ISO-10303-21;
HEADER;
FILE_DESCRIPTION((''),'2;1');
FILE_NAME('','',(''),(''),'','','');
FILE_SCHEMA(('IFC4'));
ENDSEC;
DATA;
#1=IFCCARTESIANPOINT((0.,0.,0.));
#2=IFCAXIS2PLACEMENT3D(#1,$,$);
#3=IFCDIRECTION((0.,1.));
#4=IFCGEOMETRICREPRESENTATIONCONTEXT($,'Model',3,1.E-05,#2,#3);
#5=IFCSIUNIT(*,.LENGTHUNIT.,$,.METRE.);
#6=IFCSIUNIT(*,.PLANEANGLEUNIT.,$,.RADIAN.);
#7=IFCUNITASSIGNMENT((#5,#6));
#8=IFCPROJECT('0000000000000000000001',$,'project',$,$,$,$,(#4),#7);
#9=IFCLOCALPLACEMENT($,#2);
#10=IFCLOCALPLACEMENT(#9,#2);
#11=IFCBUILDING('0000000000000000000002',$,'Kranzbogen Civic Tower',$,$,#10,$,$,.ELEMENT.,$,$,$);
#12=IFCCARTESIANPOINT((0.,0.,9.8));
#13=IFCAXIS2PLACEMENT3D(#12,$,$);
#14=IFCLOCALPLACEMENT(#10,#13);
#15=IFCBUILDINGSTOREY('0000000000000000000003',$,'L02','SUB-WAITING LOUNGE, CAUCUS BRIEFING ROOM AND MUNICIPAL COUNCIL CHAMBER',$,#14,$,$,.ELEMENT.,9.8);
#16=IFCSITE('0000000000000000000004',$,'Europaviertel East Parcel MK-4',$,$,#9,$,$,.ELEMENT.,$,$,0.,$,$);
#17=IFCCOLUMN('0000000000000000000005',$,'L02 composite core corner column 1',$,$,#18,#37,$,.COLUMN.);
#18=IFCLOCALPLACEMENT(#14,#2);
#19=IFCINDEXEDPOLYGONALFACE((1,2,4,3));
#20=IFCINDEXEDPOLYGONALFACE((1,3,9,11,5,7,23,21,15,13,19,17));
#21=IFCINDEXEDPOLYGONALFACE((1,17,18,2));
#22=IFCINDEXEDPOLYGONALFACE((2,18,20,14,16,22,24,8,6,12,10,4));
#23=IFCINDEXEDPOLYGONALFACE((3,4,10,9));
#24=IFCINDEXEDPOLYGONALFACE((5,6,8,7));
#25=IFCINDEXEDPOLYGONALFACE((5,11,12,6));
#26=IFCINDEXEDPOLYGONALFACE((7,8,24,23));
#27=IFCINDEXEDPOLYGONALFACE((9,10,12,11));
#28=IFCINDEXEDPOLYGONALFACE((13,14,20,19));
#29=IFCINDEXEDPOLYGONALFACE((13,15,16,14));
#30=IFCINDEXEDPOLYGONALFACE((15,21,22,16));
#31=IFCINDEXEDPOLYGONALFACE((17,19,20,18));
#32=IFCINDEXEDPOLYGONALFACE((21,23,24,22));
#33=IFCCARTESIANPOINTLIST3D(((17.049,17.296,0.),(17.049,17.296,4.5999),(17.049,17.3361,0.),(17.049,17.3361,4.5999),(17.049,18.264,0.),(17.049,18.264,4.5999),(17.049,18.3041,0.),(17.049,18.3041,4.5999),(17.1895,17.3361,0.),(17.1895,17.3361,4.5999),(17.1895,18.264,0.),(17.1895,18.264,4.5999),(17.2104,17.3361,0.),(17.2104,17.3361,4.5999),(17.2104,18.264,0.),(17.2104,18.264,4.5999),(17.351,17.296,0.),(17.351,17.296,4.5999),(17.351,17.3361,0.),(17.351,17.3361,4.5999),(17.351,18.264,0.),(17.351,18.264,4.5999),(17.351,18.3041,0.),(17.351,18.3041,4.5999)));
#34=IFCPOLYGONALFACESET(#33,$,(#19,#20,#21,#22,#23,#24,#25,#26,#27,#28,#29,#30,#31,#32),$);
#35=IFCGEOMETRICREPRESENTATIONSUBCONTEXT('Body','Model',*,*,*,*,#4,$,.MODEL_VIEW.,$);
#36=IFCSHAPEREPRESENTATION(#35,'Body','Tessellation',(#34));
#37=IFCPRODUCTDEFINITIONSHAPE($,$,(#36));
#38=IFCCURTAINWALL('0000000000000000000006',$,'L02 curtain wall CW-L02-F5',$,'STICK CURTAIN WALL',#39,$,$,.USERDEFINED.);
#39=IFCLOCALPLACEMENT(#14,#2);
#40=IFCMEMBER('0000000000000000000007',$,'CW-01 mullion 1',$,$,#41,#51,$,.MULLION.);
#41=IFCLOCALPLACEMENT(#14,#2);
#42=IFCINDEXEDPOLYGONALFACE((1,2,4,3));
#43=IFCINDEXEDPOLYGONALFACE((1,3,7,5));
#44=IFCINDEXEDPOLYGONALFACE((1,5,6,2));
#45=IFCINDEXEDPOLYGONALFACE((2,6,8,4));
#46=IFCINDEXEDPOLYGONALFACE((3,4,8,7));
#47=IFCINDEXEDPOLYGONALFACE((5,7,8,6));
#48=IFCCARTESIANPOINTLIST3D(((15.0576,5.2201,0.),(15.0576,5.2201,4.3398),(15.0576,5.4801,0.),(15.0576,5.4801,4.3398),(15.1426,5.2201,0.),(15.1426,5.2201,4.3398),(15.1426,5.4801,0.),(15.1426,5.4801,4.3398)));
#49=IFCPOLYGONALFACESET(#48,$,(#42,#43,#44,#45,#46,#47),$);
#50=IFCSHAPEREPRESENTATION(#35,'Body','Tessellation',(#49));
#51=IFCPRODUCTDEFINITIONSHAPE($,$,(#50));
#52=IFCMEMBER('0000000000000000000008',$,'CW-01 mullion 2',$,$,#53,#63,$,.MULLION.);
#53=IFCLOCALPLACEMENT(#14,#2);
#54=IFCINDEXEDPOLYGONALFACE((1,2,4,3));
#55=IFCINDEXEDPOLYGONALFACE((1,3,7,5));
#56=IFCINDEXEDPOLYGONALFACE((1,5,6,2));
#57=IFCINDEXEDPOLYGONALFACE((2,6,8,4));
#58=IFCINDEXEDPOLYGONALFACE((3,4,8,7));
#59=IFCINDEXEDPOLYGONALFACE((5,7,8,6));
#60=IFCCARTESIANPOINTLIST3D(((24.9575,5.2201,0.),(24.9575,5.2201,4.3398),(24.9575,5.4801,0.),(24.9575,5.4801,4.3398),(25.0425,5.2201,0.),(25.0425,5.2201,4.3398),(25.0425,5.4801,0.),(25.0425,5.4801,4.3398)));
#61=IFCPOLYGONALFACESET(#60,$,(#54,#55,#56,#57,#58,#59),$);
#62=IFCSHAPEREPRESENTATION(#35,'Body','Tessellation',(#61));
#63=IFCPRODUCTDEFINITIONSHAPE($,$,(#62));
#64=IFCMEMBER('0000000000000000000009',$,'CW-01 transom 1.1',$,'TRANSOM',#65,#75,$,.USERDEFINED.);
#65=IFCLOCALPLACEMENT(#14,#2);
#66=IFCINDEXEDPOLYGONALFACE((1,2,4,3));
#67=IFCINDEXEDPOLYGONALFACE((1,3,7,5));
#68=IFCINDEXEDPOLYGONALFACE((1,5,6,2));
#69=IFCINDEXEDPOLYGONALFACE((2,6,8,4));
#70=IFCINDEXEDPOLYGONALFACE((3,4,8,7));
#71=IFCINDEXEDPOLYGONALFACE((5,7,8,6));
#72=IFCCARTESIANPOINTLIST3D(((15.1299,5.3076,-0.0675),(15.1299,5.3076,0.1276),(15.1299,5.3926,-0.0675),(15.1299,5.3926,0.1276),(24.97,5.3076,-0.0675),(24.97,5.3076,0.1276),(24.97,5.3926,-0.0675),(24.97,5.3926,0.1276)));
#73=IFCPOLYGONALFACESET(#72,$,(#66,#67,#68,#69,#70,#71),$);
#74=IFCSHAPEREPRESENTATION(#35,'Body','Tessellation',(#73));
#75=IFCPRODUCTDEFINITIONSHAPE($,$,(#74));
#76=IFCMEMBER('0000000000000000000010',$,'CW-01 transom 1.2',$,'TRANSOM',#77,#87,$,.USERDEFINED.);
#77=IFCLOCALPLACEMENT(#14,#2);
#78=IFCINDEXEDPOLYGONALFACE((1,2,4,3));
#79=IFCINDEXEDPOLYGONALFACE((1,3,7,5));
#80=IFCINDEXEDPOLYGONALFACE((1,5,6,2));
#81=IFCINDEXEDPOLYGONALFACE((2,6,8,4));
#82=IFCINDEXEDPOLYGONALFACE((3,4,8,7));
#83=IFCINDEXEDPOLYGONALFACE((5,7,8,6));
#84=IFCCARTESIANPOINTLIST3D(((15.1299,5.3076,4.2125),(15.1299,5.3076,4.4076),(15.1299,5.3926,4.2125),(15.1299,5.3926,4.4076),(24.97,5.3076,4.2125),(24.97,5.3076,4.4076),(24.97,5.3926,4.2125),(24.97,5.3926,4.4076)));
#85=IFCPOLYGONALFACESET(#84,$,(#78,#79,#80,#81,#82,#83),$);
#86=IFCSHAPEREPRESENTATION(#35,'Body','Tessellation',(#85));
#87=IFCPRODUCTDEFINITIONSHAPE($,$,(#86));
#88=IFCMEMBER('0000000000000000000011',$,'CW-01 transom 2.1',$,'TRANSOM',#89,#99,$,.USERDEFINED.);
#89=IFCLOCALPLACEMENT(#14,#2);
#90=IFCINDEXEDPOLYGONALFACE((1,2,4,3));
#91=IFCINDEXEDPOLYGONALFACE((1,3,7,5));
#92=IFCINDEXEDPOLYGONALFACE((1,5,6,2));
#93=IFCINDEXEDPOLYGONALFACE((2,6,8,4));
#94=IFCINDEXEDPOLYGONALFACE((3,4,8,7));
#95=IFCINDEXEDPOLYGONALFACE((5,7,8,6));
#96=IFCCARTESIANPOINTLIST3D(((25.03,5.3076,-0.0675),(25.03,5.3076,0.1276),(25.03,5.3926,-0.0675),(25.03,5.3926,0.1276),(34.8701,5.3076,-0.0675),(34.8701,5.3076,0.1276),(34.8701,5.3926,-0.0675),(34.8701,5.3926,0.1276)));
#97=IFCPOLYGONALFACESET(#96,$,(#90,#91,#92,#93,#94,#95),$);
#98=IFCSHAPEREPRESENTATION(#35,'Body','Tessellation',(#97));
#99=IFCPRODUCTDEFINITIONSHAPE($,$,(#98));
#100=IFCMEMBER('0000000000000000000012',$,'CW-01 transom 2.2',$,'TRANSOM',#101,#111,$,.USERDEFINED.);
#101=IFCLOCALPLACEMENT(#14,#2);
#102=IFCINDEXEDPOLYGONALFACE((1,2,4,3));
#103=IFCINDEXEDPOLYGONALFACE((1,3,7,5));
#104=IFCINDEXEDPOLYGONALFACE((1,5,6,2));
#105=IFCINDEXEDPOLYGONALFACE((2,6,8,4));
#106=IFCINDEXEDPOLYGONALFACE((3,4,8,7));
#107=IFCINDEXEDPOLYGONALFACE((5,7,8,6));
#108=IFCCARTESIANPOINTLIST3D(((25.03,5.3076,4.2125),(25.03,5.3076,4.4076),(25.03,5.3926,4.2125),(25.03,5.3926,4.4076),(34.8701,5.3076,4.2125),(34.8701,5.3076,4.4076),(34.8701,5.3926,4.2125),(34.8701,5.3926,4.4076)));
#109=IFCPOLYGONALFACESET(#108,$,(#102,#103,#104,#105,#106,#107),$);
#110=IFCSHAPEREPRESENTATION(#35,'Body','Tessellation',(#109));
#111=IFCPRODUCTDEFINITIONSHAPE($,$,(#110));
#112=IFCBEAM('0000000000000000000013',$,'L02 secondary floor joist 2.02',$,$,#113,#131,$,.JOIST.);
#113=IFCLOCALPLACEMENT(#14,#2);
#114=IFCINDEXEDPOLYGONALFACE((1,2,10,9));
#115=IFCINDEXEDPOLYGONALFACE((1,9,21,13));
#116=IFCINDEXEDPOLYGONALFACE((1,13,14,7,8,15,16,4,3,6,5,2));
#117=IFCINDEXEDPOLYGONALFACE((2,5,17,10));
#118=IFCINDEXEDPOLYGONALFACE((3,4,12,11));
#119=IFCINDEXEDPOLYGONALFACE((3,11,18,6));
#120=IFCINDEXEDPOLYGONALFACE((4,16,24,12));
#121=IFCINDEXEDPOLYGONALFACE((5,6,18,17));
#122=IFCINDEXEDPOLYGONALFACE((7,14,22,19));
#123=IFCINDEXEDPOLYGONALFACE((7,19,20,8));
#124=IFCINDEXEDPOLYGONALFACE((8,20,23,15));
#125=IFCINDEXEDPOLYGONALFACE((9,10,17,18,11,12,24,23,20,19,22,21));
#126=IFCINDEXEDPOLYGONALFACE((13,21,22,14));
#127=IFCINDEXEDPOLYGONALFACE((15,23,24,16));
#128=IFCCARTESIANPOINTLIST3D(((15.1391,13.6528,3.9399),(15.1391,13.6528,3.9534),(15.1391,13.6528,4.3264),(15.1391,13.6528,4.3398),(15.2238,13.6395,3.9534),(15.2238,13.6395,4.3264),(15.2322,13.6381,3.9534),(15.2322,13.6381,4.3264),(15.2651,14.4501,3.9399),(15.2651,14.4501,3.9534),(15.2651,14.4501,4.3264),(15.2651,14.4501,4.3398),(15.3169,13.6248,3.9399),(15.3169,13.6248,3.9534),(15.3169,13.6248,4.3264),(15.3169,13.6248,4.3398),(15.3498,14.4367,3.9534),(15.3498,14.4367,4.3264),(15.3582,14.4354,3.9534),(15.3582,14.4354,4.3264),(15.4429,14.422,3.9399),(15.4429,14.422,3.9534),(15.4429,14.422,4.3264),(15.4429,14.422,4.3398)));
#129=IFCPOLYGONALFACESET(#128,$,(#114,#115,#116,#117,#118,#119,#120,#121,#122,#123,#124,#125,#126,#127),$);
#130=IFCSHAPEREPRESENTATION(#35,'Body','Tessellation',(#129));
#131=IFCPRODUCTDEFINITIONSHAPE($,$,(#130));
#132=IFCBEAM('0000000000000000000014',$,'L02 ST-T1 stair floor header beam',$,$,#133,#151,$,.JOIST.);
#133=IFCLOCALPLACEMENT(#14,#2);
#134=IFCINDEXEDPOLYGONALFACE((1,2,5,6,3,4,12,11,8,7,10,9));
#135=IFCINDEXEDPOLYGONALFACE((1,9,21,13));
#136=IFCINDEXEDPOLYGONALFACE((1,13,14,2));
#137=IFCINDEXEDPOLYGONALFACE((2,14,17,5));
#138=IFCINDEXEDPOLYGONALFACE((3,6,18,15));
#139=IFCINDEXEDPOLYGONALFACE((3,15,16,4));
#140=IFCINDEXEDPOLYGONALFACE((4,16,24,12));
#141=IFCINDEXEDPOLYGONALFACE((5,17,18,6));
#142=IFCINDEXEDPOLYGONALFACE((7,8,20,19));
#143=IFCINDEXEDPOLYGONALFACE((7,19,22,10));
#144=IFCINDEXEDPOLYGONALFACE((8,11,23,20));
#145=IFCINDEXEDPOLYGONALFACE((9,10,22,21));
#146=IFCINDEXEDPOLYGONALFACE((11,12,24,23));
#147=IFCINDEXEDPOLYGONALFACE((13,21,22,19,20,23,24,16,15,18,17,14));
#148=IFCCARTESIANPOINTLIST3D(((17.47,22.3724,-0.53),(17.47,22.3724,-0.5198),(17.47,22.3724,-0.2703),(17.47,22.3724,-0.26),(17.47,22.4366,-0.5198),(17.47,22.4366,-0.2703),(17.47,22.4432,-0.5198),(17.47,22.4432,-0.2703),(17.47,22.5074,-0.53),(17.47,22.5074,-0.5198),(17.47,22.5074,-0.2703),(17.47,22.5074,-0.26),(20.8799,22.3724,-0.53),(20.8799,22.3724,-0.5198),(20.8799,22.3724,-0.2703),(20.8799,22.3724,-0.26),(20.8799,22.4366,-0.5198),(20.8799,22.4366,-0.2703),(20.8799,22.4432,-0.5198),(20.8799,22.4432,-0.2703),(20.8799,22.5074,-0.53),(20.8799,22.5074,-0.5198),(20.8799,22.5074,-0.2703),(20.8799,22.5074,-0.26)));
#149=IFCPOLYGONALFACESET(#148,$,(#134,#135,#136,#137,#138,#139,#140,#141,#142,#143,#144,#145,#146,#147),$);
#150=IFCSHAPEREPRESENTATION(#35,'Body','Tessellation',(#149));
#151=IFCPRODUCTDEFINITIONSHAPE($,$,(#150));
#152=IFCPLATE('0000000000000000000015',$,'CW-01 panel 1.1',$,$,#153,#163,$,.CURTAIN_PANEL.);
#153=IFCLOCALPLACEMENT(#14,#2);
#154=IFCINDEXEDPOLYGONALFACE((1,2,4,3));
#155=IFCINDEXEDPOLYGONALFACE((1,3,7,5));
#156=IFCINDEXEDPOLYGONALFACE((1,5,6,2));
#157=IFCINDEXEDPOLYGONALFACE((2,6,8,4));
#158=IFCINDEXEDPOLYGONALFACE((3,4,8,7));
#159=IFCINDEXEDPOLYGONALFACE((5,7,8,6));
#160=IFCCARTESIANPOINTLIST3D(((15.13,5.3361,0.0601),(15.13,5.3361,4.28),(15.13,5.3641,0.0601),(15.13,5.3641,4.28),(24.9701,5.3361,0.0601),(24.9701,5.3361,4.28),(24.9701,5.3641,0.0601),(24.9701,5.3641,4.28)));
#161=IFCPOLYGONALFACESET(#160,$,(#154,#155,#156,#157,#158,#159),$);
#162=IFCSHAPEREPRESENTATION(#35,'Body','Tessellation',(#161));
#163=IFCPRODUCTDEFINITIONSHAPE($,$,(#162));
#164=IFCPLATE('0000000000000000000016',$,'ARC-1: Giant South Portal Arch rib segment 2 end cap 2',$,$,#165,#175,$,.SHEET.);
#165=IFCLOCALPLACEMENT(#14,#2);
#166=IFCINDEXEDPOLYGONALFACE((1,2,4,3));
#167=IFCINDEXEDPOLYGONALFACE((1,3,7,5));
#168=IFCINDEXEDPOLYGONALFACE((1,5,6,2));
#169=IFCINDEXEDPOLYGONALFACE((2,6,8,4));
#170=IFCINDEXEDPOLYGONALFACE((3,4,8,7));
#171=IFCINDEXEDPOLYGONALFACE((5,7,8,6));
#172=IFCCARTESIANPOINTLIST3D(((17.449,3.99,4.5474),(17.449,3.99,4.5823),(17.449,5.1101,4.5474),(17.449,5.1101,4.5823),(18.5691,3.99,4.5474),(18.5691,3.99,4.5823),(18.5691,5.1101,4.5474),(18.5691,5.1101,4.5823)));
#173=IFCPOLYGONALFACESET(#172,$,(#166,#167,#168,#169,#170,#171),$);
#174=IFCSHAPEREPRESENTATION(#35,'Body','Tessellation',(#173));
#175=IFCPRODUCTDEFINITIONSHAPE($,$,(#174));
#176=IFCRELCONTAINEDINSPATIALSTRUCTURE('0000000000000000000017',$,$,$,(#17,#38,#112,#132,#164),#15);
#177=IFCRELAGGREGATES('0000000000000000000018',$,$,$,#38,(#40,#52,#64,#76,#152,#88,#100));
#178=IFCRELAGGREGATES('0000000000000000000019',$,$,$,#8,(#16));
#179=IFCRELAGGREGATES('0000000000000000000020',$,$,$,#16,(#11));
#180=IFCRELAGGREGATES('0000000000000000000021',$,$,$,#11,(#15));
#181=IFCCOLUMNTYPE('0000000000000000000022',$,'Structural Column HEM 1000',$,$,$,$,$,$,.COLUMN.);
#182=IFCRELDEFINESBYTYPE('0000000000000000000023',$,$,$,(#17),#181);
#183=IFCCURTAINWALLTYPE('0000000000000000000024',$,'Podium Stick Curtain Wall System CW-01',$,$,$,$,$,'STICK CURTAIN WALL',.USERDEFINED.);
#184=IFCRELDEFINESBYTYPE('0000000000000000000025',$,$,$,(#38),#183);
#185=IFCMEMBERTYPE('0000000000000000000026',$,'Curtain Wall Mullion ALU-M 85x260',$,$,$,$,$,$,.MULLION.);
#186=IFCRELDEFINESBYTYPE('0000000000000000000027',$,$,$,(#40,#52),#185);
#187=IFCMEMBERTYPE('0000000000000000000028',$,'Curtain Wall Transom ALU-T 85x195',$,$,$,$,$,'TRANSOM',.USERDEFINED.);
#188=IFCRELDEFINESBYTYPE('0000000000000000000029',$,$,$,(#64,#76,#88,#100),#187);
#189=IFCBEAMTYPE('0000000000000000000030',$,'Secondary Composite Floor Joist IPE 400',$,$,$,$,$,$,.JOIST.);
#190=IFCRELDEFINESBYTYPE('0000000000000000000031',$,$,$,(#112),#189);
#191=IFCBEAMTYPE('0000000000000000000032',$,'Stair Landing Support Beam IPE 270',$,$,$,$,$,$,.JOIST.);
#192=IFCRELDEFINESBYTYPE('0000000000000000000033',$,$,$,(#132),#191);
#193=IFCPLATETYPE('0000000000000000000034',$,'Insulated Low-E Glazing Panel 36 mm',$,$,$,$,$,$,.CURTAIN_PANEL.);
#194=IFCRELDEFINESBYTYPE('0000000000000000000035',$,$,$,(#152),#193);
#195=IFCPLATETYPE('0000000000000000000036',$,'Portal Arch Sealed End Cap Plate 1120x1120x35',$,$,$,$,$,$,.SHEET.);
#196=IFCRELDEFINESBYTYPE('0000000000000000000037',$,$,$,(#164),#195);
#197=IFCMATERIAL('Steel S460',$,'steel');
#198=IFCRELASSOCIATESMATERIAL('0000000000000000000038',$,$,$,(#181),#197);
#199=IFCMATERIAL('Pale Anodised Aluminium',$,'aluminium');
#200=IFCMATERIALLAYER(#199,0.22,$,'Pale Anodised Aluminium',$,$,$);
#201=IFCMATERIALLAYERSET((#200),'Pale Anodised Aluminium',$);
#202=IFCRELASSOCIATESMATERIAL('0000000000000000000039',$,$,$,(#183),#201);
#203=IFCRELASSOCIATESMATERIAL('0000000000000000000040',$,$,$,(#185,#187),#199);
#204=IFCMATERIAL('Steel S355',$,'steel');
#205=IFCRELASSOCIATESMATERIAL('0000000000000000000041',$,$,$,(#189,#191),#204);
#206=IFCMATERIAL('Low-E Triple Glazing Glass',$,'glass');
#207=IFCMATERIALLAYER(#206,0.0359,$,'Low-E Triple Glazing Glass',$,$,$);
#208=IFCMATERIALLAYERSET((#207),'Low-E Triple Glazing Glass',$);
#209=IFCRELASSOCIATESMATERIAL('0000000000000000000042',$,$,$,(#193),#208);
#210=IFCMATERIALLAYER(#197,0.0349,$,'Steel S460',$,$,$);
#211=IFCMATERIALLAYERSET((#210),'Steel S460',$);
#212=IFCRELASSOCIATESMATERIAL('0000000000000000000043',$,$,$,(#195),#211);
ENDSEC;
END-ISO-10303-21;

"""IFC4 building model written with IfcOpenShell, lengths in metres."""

from ifc_helpers import new_model, si_unit, direction, frame, origin, origin_2d, place, context, subcontext, project, spatial, rectangle, i_section, extrude, material, layer, layer_set, material_profile, profile_set, type_object, element, aggregate, save


model = new_model("IFC4")

# Units and contexts
model_context = context("Model", 3, precision=1e-05, world=origin(), true_north=direction((0.0, 1.0)))
body_context = subcontext(model_context, "Body", "Model", "MODEL_VIEW")
ifc_project = project(units=[si_unit("LENGTHUNIT", "METRE"), si_unit("PLANEANGLEUNIT", "RADIAN")], contexts=[model_context])

# Site, building, storey
site_placement = place(None, origin())
site = spatial("IfcSite", under=ifc_project, at=site_placement, Name="Europaviertel East Parcel MK-4", CompositionType="ELEMENT", RefElevation=0.0)
building_placement = place(site_placement, origin())
building = spatial("IfcBuilding", under=site, at=building_placement, Name="Kranzbogen Civic Tower", CompositionType="ELEMENT")
storey_placement = place(building_placement, frame((0.0, 0.0, 9.8)))
storey = spatial("IfcBuildingStorey", under=building, at=storey_placement, Name="L02", Description="SUB-WAITING LOUNGE, CAUCUS BRIEFING ROOM AND MUNICIPAL COUNCIL CHAMBER", CompositionType="ELEMENT", Elevation=9.8)

# Column
ifc_material_1 = material(Name="Steel S460", Category="steel")
ifc_material_profile_1 = material_profile(ifc_material_1, i_section(OverallWidth=0.302, OverallDepth=1.0081, WebThickness=0.021, FlangeThickness=0.04, at=origin_2d()), Name="HEM 1000")
ifc_profile_set_1 = profile_set([ifc_material_profile_1], Name="Steel S460")
column_type = type_object("IfcColumnType", Name="Structural Column HEM 1000", PredefinedType="COLUMN", material=ifc_profile_set_1)
column_placement = place(storey_placement, frame((17.2, 17.8, 0.0), z_axis=(0.0, 0.0, 1.0), x_axis=(1.0, 0.0, 0.0)))
element("IfcColumn", 1, at=column_placement, inside=storey, type_object=column_type, Name="L02 composite core corner column 1", PredefinedType="COLUMN", context=body_context, shape_type="SweptSolid", body=[
    extrude(i_section(OverallWidth=0.302, OverallDepth=1.0081, WebThickness=0.021, FlangeThickness=0.04, at=origin_2d()), origin(), (0.0, 0.0, 1.0), 4.5999),
])

# Curtain wall, members
ifc_material_2 = material(Name="Pale Anodised Aluminium", Category="aluminium")
ifc_layer_1 = layer(ifc_material_2, 0.22, Name="Pale Anodised Aluminium")
ifc_layer_set_1 = layer_set([ifc_layer_1], Name="Pale Anodised Aluminium")
curtain_wall_type = type_object("IfcCurtainWallType", Name="Podium Stick Curtain Wall System CW-01", ElementType="STICK CURTAIN WALL", PredefinedType="USERDEFINED", material=ifc_layer_set_1)
curtain_wall_placement = place(storey_placement, origin())
curtain_wall = element("IfcCurtainWall", 2, at=curtain_wall_placement, inside=storey, type_object=curtain_wall_type, Name="L02 curtain wall CW-L02-F5", ObjectType="STICK CURTAIN WALL", PredefinedType="USERDEFINED")
ifc_material_profile_2 = material_profile(ifc_material_2, rectangle(XDim=0.085, YDim=0.26, at=origin_2d()), Name="ALU-M 85x260")
ifc_profile_set_2 = profile_set([ifc_material_profile_2], Name="Pale Anodised Aluminium")
member_type_1 = type_object("IfcMemberType", Name="Curtain Wall Mullion ALU-M 85x260", PredefinedType="MULLION", material=ifc_profile_set_2)
member_1_placement = place(storey_placement, frame((15.1001, 5.3501, 0.0), z_axis=(0.0, 0.0, 1.0), x_axis=(1.0, 0.0, 0.0)))
member_1 = element("IfcMember", 3, at=member_1_placement, type_object=member_type_1, Name="CW-01 mullion 1", PredefinedType="MULLION", context=body_context, shape_type="SweptSolid", body=[
    extrude(rectangle(XDim=0.085, YDim=0.26, at=origin_2d()), origin(), (0.0, 0.0, 1.0), 4.3398),
])
member_2_placement = place(storey_placement, frame((25.0, 5.3501, 0.0), z_axis=(0.0, 0.0, 1.0), x_axis=(1.0, 0.0, 0.0)))
member_2 = element("IfcMember", 4, at=member_2_placement, type_object=member_type_1, Name="CW-01 mullion 2", PredefinedType="MULLION", context=body_context, shape_type="SweptSolid", body=[
    extrude(rectangle(XDim=0.085, YDim=0.26, at=origin_2d()), origin(), (0.0, 0.0, 1.0), 4.3398),
])
ifc_material_profile_3 = material_profile(ifc_material_2, rectangle(XDim=0.085, YDim=0.1951, at=origin_2d()), Name="ALU-T 85x195")
ifc_profile_set_3 = profile_set([ifc_material_profile_3], Name="Pale Anodised Aluminium")
member_type_2 = type_object("IfcMemberType", Name="Curtain Wall Transom ALU-T 85x195", ElementType="TRANSOM", PredefinedType="USERDEFINED", material=ifc_profile_set_3)
member_3_placement = place(storey_placement, frame((15.1299, 5.3501, 0.03), z_axis=(1.0, 0.0, 0.0), x_axis=(0.0, 1.0, 0.0)))
member_3 = element("IfcMember", 5, at=member_3_placement, type_object=member_type_2, Name="CW-01 transom 1.1", ObjectType="TRANSOM", PredefinedType="USERDEFINED", context=body_context, shape_type="SweptSolid", body=[
    extrude(rectangle(XDim=0.085, YDim=0.1951, at=origin_2d()), origin(), (0.0, 0.0, 1.0), 9.8401),
])
member_4_placement = place(storey_placement, frame((15.1299, 5.3501, 4.3101), z_axis=(1.0, 0.0, 0.0), x_axis=(0.0, 1.0, 0.0)))
member_4 = element("IfcMember", 6, at=member_4_placement, type_object=member_type_2, Name="CW-01 transom 1.2", ObjectType="TRANSOM", PredefinedType="USERDEFINED", context=body_context, shape_type="SweptSolid", body=[
    extrude(rectangle(XDim=0.085, YDim=0.1951, at=origin_2d()), origin(), (0.0, 0.0, 1.0), 9.8401),
])
member_5_placement = place(storey_placement, frame((25.03, 5.3501, 0.03), z_axis=(1.0, 0.0, 0.0), x_axis=(0.0, 1.0, 0.0)))
member_5 = element("IfcMember", 7, at=member_5_placement, type_object=member_type_2, Name="CW-01 transom 2.1", ObjectType="TRANSOM", PredefinedType="USERDEFINED", context=body_context, shape_type="SweptSolid", body=[
    extrude(rectangle(XDim=0.085, YDim=0.1951, at=origin_2d()), origin(), (0.0, 0.0, 1.0), 9.8401),
])
member_6_placement = place(storey_placement, frame((25.03, 5.3501, 4.3101), z_axis=(1.0, 0.0, 0.0), x_axis=(0.0, 1.0, 0.0)))
member_6 = element("IfcMember", 8, at=member_6_placement, type_object=member_type_2, Name="CW-01 transom 2.2", ObjectType="TRANSOM", PredefinedType="USERDEFINED", context=body_context, shape_type="SweptSolid", body=[
    extrude(rectangle(XDim=0.085, YDim=0.1951, at=origin_2d()), origin(), (0.0, 0.0, 1.0), 9.8401),
])

# Beams
ifc_material_3 = material(Name="Steel S355", Category="steel")
ifc_material_profile_4 = material_profile(ifc_material_3, i_section(OverallWidth=0.1799, OverallDepth=0.3999, WebThickness=0.0085, FlangeThickness=0.0134, at=origin_2d()), Name="IPE 400")
ifc_profile_set_4 = profile_set([ifc_material_profile_4], Name="Steel S355")
beam_type_1 = type_object("IfcBeamType", Name="Secondary Composite Floor Joist IPE 400", PredefinedType="JOIST", material=ifc_profile_set_4)
beam_1_placement = place(storey_placement, frame((15.354, 14.436, 4.1399), z_axis=(-0.156102, -0.987741, 0.0), x_axis=(0.987741, -0.156102, 0.0)))
element("IfcBeam", 9, at=beam_1_placement, inside=storey, type_object=beam_type_1, Name="L02 secondary floor joist 2.02", PredefinedType="JOIST", context=body_context, shape_type="SweptSolid", body=[
    extrude(i_section(OverallWidth=0.1799, OverallDepth=0.3999, WebThickness=0.0085, FlangeThickness=0.0134, at=origin_2d()), origin(), (0.0, 0.0, 1.0), 0.8071),
])
ifc_material_profile_5 = material_profile(ifc_material_3, i_section(OverallWidth=0.135, OverallDepth=0.27, WebThickness=0.0066, FlangeThickness=0.0103, at=origin_2d()), Name="IPE 270")
ifc_profile_set_5 = profile_set([ifc_material_profile_5], Name="Steel S355")
beam_type_2 = type_object("IfcBeamType", Name="Stair Landing Support Beam IPE 270", PredefinedType="JOIST", material=ifc_profile_set_5)
beam_2_placement = place(storey_placement, frame((20.8799, 22.4399, -0.395), z_axis=(-1.0, 0.0, 0.0), x_axis=(0.0, -1.0, 0.0)))
element("IfcBeam", 10, at=beam_2_placement, inside=storey, type_object=beam_type_2, Name="L02 ST-T1 stair floor header beam", PredefinedType="JOIST", context=body_context, shape_type="SweptSolid", body=[
    extrude(i_section(OverallWidth=0.135, OverallDepth=0.27, WebThickness=0.0066, FlangeThickness=0.0103, at=origin_2d()), origin(), (0.0, 0.0, 1.0), 3.4099),
])

# Plates
ifc_material_4 = material(Name="Low-E Triple Glazing Glass", Category="glass")
ifc_layer_2 = layer(ifc_material_4, 0.0359, Name="Low-E Triple Glazing Glass")
ifc_layer_set_2 = layer_set([ifc_layer_2], Name="Low-E Triple Glazing Glass")
plate_type_1 = type_object("IfcPlateType", Name="Insulated Low-E Glazing Panel 36 mm", PredefinedType="CURTAIN_PANEL", material=ifc_layer_set_2)
plate_1_placement = place(storey_placement, frame((20.05, 5.3501, 0.0601), z_axis=(0.0, 0.0, 1.0), x_axis=(1.0, 0.0, 0.0)))
plate_1 = element("IfcPlate", 11, at=plate_1_placement, type_object=plate_type_1, Name="CW-01 panel 1.1", PredefinedType="CURTAIN_PANEL", context=body_context, shape_type="SweptSolid", body=[
    extrude(rectangle(XDim=9.8401, YDim=0.0281, at=origin_2d()), origin(), (0.0, 0.0, 1.0), 4.22),
])
aggregate(curtain_wall, [member_1, member_2, member_3, member_4, plate_1, member_5, member_6])
ifc_layer_3 = layer(ifc_material_1, 0.0349, Name="Steel S460")
ifc_layer_set_3 = layer_set([ifc_layer_3], Name="Steel S460")
plate_type_2 = type_object("IfcPlateType", Name="Portal Arch Sealed End Cap Plate 1120x1120x35", PredefinedType="SHEET", material=ifc_layer_set_3)
plate_2_placement = place(storey_placement, frame((18.009, 4.55, 4.5474), z_axis=(0.0, 0.0, 1.0), x_axis=(1.0, 0.0, 0.0)))
element("IfcPlate", 12, at=plate_2_placement, inside=storey, type_object=plate_type_2, Name="ARC-1: Giant South Portal Arch rib segment 2 end cap 2", PredefinedType="SHEET", context=body_context, shape_type="SweptSolid", body=[
    extrude(rectangle(XDim=1.1201, YDim=1.1201, at=origin_2d()), origin(), (0.0, 0.0, 1.0), 0.0349),
])

save(model, "model.ifc")
